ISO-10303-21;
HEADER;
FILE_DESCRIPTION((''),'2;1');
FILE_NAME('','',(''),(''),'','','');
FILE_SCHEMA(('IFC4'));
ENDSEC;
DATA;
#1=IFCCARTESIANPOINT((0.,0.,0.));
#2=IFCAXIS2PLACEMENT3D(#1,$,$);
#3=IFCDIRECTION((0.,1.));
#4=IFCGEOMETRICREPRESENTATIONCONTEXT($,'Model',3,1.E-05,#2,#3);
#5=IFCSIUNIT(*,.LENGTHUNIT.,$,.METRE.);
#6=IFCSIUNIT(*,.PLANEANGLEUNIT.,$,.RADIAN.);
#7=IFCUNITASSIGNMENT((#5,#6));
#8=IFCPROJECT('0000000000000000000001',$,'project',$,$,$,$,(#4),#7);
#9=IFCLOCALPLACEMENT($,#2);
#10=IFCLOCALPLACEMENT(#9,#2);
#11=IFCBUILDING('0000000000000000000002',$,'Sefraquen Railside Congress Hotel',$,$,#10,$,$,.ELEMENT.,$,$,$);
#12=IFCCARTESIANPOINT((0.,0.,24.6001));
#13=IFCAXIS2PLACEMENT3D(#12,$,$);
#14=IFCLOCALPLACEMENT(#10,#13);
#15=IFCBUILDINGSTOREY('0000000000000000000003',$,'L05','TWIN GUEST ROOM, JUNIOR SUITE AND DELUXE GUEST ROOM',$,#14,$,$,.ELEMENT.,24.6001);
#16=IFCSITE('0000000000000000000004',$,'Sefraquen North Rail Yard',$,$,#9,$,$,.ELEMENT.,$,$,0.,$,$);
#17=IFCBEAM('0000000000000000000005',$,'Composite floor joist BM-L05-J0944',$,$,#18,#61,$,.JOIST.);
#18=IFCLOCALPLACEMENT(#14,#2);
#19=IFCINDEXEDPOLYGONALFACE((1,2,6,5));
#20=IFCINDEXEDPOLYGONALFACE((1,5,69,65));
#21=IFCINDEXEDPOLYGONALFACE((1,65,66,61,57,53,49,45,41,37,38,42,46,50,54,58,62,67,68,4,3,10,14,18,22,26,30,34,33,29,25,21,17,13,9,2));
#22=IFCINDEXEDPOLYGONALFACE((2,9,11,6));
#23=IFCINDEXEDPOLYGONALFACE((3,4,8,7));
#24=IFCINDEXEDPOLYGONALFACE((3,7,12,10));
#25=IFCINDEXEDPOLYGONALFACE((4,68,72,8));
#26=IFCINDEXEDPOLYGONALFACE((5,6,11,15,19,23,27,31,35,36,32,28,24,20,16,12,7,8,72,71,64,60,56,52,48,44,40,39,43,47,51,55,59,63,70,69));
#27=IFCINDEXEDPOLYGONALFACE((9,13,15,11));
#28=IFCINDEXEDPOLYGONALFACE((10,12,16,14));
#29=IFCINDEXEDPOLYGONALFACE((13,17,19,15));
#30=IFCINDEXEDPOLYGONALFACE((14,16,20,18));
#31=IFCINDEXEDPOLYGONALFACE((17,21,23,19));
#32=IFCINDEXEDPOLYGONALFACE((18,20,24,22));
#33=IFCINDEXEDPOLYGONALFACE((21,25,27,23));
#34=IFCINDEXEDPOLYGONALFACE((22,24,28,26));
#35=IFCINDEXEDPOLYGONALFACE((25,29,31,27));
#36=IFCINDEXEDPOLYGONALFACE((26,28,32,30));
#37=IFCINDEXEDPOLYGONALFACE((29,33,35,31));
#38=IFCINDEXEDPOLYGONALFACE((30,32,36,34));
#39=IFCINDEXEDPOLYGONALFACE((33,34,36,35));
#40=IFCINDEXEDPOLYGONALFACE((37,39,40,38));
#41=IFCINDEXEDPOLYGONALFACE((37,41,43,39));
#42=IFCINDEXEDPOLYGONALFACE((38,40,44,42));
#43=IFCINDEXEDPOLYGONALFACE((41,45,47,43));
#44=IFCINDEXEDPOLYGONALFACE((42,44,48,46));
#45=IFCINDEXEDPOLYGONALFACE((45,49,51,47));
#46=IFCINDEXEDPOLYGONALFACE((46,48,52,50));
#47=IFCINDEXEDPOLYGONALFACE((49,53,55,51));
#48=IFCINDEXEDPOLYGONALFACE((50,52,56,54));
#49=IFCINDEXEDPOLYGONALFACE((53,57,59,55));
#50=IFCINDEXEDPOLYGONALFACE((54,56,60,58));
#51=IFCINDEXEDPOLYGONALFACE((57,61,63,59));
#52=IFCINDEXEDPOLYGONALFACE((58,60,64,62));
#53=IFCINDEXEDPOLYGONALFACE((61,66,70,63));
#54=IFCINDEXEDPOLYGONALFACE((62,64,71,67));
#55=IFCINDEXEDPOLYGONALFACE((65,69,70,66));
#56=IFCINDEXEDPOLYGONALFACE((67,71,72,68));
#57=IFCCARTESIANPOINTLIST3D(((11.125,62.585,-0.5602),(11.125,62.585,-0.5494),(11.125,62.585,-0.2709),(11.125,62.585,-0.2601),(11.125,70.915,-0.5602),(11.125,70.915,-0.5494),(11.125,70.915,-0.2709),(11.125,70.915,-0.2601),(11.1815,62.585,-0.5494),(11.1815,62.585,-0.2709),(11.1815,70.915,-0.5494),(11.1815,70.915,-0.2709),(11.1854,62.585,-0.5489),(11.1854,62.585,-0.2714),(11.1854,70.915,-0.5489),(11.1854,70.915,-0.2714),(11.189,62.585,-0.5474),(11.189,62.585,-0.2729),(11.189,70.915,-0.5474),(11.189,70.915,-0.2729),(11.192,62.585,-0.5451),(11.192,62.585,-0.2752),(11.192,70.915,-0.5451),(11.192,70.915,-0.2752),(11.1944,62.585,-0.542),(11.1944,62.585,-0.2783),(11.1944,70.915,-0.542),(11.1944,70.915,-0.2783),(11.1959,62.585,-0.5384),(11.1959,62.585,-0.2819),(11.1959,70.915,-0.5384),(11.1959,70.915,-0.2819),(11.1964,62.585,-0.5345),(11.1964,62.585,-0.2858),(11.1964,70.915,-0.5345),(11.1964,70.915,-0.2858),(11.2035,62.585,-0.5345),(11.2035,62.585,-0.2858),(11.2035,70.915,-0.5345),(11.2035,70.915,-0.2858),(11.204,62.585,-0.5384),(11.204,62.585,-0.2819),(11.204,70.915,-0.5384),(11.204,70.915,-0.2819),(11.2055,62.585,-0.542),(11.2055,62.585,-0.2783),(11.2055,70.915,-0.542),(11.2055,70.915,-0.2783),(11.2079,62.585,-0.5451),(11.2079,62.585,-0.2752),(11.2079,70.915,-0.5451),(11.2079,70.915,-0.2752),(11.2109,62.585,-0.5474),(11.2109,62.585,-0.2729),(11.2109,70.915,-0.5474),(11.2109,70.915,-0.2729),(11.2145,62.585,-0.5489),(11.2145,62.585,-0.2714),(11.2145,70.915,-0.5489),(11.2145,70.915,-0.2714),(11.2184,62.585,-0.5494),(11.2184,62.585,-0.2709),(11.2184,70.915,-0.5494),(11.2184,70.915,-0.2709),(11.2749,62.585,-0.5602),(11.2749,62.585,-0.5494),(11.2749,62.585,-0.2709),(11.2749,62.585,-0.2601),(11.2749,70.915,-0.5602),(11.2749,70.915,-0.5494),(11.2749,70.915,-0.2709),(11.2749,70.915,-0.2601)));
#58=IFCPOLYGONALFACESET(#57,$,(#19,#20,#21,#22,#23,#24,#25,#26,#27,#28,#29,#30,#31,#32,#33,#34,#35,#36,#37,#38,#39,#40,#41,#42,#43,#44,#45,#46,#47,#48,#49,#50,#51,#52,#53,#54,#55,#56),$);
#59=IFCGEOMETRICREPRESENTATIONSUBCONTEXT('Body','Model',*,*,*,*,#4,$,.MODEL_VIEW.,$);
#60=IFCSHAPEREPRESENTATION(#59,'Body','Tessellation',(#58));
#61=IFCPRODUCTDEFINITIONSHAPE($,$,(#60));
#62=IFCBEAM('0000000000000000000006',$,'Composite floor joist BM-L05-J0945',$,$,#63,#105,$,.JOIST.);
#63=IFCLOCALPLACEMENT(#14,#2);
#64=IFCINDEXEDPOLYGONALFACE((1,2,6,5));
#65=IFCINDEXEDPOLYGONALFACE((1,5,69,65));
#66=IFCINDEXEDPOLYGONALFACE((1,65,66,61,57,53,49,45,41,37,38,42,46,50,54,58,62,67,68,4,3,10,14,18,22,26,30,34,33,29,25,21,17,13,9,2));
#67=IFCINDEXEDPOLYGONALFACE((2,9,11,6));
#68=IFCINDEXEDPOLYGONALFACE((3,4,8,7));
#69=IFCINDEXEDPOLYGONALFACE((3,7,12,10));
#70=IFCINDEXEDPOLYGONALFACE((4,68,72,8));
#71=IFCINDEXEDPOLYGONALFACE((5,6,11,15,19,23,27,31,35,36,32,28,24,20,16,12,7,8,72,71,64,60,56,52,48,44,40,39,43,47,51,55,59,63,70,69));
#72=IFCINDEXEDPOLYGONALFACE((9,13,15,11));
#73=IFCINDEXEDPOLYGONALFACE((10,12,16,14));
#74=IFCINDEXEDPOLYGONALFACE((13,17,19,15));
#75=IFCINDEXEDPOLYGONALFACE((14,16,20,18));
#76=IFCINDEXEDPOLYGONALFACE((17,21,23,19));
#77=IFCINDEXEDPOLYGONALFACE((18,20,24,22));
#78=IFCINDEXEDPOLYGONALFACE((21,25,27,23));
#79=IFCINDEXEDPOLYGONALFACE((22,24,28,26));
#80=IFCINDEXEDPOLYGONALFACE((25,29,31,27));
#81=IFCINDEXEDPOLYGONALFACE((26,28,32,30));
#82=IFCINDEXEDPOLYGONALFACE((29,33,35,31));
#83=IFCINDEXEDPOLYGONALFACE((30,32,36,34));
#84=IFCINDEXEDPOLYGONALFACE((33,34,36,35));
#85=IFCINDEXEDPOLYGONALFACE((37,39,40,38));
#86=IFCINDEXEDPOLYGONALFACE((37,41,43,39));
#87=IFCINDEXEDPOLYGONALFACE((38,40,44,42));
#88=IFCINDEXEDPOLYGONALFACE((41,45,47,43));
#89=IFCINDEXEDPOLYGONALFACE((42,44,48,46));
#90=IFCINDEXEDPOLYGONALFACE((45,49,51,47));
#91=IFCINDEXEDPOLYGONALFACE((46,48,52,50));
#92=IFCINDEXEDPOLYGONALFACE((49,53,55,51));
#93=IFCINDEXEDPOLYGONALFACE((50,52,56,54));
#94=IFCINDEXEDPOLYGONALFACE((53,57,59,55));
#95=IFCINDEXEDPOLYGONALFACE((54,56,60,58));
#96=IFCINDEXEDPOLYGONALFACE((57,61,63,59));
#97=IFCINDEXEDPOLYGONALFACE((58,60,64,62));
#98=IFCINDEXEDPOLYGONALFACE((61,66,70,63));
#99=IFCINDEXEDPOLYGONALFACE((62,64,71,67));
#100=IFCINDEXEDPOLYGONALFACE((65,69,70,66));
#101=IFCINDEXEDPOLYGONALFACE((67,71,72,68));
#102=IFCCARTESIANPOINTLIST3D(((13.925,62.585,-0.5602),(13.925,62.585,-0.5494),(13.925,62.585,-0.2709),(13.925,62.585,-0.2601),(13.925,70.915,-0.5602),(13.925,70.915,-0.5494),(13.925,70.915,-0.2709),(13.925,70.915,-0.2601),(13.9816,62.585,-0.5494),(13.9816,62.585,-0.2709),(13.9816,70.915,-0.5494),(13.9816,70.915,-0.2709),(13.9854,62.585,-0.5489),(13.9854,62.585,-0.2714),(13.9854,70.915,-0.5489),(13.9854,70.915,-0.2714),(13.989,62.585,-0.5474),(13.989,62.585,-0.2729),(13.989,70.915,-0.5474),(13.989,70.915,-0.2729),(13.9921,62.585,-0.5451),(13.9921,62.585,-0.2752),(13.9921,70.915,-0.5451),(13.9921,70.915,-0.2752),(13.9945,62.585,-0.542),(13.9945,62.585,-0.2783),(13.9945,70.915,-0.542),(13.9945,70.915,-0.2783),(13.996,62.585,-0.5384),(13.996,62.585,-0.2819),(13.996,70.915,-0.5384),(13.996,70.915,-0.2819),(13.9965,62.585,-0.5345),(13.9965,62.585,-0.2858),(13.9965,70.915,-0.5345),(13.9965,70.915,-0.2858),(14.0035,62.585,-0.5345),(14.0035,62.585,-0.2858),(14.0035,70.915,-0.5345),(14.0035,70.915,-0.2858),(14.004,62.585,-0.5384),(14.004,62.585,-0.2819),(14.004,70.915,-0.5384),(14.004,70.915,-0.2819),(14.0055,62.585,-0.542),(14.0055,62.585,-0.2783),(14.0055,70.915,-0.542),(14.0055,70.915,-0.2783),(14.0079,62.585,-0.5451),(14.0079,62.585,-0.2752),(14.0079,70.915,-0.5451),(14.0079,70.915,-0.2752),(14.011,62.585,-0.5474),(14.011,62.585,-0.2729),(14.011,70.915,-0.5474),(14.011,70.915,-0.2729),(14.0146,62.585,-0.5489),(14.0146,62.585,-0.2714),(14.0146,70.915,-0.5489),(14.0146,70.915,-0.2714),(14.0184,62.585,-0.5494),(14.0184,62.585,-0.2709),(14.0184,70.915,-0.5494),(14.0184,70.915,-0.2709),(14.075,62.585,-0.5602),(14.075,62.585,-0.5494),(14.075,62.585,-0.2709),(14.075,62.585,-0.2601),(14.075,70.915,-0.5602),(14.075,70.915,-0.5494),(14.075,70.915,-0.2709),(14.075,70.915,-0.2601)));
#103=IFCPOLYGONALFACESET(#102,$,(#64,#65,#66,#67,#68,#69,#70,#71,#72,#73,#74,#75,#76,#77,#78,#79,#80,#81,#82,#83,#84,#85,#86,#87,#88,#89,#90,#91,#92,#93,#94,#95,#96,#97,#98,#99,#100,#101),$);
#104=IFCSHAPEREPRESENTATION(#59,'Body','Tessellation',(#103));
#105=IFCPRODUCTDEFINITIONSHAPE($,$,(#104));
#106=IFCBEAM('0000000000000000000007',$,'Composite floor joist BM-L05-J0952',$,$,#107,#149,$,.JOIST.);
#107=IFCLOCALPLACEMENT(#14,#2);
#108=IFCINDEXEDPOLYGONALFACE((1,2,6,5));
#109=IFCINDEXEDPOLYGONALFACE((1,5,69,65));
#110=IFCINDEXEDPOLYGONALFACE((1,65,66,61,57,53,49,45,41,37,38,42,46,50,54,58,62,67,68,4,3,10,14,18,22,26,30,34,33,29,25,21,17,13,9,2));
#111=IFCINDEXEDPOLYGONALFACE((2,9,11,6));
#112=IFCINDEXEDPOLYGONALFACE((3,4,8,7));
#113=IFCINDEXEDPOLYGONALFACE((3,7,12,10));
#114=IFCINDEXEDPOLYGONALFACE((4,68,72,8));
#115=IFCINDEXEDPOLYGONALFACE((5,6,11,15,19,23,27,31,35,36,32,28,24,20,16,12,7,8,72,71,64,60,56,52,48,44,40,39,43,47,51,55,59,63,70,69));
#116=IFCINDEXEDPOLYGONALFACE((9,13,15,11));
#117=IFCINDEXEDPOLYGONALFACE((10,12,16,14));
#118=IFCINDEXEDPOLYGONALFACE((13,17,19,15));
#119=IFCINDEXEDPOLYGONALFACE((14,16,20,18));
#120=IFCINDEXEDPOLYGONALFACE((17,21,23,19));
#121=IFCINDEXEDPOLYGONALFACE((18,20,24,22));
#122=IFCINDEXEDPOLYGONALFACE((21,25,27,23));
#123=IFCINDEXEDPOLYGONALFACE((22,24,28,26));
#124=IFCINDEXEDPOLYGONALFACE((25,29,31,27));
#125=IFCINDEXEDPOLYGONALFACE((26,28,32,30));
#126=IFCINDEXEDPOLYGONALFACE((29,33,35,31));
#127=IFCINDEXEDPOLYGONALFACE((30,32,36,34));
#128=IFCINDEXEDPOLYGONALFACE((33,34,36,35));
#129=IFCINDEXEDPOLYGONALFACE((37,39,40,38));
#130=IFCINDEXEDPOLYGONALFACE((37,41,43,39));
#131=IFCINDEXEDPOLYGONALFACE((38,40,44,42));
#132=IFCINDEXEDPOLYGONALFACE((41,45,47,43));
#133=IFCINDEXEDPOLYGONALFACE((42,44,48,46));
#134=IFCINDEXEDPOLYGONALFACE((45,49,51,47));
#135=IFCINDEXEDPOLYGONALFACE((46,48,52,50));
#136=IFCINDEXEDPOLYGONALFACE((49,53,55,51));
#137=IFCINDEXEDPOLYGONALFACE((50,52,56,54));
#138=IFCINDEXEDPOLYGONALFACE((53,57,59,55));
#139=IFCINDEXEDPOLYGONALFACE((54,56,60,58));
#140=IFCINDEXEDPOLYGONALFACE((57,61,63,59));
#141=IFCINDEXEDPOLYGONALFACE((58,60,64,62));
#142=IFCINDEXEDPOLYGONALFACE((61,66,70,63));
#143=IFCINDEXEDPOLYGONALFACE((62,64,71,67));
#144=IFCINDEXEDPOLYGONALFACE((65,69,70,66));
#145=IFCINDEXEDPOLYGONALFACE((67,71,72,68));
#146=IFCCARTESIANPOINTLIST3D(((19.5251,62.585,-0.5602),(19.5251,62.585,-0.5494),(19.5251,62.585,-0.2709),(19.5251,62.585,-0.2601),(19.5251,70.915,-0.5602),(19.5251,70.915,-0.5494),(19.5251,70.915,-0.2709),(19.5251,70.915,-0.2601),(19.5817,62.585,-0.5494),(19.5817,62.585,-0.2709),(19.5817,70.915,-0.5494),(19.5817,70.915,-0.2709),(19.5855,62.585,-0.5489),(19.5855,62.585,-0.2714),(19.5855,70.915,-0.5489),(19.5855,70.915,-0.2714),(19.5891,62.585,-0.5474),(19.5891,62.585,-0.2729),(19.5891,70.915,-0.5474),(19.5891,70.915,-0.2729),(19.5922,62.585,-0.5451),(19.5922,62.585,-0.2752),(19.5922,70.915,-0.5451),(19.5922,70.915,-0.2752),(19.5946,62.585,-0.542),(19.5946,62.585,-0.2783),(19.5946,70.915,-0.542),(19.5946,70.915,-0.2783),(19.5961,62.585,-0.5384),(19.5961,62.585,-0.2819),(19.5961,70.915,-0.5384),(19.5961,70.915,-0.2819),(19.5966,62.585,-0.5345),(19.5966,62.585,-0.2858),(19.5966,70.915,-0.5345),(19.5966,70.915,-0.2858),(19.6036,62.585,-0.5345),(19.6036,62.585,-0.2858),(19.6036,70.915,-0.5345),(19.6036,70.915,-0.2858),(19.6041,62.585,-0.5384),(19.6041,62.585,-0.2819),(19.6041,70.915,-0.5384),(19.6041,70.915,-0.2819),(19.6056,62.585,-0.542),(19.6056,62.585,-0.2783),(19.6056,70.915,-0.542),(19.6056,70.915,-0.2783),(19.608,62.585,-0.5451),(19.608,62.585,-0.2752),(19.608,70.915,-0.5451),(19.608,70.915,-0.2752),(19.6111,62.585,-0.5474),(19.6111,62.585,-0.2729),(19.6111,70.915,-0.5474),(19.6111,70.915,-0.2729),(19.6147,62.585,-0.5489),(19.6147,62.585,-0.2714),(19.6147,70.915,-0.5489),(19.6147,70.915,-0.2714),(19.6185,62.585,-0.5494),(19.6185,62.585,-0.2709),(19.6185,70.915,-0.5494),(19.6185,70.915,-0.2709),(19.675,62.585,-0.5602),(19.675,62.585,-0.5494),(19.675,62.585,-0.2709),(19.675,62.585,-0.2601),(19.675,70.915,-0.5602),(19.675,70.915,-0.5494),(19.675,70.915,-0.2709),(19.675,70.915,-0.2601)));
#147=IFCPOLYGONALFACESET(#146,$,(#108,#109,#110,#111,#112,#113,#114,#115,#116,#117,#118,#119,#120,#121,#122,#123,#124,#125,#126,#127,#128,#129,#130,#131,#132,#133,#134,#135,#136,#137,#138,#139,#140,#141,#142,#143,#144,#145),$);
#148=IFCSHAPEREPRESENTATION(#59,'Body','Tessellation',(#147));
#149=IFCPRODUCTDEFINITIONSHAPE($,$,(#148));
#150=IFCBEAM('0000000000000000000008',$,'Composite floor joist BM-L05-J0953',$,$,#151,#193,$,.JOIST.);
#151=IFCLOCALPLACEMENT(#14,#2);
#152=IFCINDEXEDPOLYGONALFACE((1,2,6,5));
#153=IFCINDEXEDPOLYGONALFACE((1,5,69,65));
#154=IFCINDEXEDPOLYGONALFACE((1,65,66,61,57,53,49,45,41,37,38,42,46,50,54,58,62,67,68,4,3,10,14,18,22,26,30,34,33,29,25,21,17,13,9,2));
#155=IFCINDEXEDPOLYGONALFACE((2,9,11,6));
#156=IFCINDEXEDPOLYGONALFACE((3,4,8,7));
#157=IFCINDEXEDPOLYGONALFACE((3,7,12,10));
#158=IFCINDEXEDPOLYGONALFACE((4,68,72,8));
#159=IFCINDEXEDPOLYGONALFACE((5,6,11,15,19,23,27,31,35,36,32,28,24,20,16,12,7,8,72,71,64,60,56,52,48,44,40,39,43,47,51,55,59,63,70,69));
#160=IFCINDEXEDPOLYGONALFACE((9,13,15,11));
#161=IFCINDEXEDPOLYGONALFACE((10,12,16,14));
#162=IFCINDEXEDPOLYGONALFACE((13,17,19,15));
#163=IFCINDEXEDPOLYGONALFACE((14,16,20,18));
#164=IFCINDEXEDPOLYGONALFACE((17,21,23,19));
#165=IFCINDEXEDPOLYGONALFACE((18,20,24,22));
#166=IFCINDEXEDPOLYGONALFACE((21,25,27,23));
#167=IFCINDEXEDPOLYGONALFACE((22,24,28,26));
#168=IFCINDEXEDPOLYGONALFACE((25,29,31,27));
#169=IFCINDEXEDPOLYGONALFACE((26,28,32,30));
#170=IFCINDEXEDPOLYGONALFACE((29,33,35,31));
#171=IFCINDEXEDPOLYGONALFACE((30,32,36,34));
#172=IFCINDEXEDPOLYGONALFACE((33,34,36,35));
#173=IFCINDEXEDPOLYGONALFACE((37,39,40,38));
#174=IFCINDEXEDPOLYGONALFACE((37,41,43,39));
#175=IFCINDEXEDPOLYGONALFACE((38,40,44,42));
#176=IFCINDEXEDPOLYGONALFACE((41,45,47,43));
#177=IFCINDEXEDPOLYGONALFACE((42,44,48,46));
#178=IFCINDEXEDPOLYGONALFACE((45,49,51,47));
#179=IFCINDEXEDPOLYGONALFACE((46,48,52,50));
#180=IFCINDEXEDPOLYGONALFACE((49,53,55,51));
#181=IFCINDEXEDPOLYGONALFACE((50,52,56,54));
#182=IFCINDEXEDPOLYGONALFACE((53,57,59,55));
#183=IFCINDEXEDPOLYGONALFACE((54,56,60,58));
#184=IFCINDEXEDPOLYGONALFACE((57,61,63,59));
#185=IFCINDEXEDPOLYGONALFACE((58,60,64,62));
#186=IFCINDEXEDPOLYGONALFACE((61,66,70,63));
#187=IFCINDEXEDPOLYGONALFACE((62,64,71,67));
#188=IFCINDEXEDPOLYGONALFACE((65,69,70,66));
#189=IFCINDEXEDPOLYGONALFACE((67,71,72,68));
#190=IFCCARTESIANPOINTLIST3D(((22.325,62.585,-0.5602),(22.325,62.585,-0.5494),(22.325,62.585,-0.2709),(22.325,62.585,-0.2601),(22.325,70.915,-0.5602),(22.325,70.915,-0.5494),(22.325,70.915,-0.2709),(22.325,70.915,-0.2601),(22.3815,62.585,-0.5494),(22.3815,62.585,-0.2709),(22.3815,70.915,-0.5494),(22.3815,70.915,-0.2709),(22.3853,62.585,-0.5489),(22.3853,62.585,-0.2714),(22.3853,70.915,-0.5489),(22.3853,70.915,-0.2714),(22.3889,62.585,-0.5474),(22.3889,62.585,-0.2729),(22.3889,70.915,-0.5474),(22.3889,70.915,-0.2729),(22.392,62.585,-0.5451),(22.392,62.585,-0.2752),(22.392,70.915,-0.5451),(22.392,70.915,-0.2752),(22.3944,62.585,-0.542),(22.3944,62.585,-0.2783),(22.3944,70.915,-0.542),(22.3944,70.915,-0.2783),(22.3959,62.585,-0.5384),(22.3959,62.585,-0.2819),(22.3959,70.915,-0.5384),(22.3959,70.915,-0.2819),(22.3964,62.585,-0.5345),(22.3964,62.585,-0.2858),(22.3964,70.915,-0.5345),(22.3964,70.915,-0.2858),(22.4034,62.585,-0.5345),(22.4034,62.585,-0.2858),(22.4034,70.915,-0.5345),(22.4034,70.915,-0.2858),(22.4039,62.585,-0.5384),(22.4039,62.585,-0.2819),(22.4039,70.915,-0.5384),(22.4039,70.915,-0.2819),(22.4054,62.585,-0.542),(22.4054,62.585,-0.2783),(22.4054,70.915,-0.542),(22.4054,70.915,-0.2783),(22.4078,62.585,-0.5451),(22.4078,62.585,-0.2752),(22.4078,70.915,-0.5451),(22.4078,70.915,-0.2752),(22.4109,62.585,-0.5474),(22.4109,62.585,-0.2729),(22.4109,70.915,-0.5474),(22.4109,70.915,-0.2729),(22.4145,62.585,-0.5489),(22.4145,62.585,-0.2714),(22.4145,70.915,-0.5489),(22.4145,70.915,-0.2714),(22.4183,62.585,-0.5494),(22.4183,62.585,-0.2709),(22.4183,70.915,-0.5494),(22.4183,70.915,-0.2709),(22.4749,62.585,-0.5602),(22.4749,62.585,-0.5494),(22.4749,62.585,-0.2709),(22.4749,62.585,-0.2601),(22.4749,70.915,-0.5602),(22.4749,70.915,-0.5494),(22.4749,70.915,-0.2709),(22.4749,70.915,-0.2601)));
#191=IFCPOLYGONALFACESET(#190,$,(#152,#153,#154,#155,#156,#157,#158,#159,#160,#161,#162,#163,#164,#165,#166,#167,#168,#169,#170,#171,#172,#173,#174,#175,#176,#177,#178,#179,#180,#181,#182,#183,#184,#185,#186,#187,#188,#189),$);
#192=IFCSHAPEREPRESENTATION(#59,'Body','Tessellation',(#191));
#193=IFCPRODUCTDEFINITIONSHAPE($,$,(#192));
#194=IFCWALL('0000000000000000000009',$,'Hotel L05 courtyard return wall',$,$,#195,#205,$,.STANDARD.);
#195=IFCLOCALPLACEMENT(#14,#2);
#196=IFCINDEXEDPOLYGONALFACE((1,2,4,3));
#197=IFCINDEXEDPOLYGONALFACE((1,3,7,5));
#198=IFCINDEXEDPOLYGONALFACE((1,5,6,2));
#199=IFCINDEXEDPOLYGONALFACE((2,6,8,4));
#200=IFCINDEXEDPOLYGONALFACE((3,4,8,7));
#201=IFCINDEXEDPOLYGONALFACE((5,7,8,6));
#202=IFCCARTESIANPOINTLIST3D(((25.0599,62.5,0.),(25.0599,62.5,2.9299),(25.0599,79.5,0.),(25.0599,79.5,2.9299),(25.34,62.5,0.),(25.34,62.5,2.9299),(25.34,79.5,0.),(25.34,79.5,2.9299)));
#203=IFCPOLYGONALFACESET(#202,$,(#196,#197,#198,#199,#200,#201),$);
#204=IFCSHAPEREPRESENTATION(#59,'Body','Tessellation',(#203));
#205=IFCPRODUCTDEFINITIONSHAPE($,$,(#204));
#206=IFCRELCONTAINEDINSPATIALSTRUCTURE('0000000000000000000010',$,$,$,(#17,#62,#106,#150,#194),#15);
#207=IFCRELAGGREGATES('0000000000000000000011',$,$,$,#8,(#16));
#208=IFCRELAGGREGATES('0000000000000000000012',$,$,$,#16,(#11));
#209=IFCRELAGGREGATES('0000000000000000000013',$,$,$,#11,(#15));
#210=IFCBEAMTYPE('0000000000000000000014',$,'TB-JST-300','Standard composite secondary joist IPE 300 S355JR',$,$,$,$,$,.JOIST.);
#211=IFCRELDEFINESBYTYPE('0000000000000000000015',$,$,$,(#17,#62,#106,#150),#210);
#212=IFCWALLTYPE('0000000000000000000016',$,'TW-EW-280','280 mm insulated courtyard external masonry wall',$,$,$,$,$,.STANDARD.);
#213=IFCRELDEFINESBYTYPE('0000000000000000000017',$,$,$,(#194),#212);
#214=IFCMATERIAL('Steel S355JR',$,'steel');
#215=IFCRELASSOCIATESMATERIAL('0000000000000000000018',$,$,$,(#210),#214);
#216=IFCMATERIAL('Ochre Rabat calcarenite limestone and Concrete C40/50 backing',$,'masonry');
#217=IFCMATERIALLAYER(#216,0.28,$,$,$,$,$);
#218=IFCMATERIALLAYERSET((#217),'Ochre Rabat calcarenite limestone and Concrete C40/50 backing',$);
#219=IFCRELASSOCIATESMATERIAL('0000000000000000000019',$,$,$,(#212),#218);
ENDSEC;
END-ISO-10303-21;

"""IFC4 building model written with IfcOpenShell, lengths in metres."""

from ifc_helpers import new_model, si_unit, direction, frame, frame_2d, origin, origin_2d, place, context, subcontext, project, spatial, rectangle, i_section, extrude, material, layer, layer_set, material_profile, profile_set, type_object, element, save


model = new_model("IFC4")

# Units and contexts
model_context = context("Model", 3, precision=1e-05, world=origin(), true_north=direction((0.0, 1.0)))
body_context = subcontext(model_context, "Body", "Model", "MODEL_VIEW")
ifc_project = project(units=[si_unit("LENGTHUNIT", "METRE"), si_unit("PLANEANGLEUNIT", "RADIAN")], contexts=[model_context])

# Site, building, storey
site_placement = place(None, origin())
site = spatial("IfcSite", under=ifc_project, at=site_placement, Name="Sefraquen North Rail Yard", CompositionType="ELEMENT", RefElevation=0.0)
building_placement = place(site_placement, origin())
building = spatial("IfcBuilding", under=site, at=building_placement, Name="Sefraquen Railside Congress Hotel", CompositionType="ELEMENT")
storey_placement = place(building_placement, frame((0.0, 0.0, 24.6001)))
storey = spatial("IfcBuildingStorey", under=building, at=storey_placement, Name="L05", Description="TWIN GUEST ROOM, JUNIOR SUITE AND DELUXE GUEST ROOM", CompositionType="ELEMENT", Elevation=24.6001)

# Shared definitions
ifc_material_1 = material(Name="Steel S355JR", Category="steel")

# Beams
ifc_material_profile_1 = material_profile(ifc_material_1, i_section(OverallWidth=0.1499, OverallDepth=0.3, WebThickness=0.0071, FlangeThickness=0.0107, FilletRadius=0.0149, at=origin_2d()), Name="IPE 300")
ifc_profile_set_1 = profile_set([ifc_material_profile_1], Name="Steel S355JR")
beam_type_1 = type_object("IfcBeamType", Name="TB-JST-300", Description="Standard composite secondary joist IPE 300 S355JR", PredefinedType="JOIST", material=ifc_profile_set_1)
for number, where, z_axis, x_axis, name in (
    (1, (11.2, 62.585, -0.4102), (0.0, 1.0, 0.0), (-1.0, 0.0, 0.0), "Composite floor joist BM-L05-J0944"),
    (2, (14.0, 62.585, -0.4102), (0.0, 1.0, 0.0), (-1.0, 0.0, 0.0), "Composite floor joist BM-L05-J0945"),
    (3, (19.6001, 62.585, -0.4102), (0.0, 1.0, 0.0), (-1.0, 0.0, 0.0), "Composite floor joist BM-L05-J0952"),
    (4, (22.3999, 62.585, -0.4102), (0.0, 1.0, 0.0), (-1.0, 0.0, 0.0), "Composite floor joist BM-L05-J0953"),
):
    element("IfcBeam", number, at=place(storey_placement, frame(where, z_axis=z_axis, x_axis=x_axis)), inside=storey, type_object=beam_type_1, Name=name, PredefinedType="JOIST", context=body_context, shape_type="SweptSolid", body=[
        extrude(i_section(OverallWidth=0.1499, OverallDepth=0.3, WebThickness=0.0071, FlangeThickness=0.0107, FilletRadius=0.0149, at=origin_2d()), origin(), (0.0, 0.0, 1.0), 8.3301),
    ])

# Wall
ifc_material_2 = material(Name="Ochre Rabat calcarenite limestone and Concrete C40/50 backing", Category="masonry")
ifc_layer_1 = layer(ifc_material_2, 0.28)
ifc_layer_set_1 = layer_set([ifc_layer_1], Name="Ochre Rabat calcarenite limestone and Concrete C40/50 backing")
wall_type_1 = type_object("IfcWallType", Name="TW-EW-280", Description="280 mm insulated courtyard external masonry wall", PredefinedType="STANDARD", material=ifc_layer_set_1)
wall_1_placement = place(storey_placement, frame((25.2, 62.5, 0.0), z_axis=(0.0, 0.0, 1.0), x_axis=(0.0, 1.0, 0.0)))
element("IfcWall", 5, at=wall_1_placement, inside=storey, type_object=wall_type_1, Name="Hotel L05 courtyard return wall", PredefinedType="STANDARD", context=body_context, shape_type="SweptSolid", body=[
    extrude(rectangle(XDim=17.0, YDim=0.28, at=frame_2d((8.5, 0.0))), origin(), (0.0, 0.0, 1.0), 2.9299),
])

save(model, "model.ifc")
